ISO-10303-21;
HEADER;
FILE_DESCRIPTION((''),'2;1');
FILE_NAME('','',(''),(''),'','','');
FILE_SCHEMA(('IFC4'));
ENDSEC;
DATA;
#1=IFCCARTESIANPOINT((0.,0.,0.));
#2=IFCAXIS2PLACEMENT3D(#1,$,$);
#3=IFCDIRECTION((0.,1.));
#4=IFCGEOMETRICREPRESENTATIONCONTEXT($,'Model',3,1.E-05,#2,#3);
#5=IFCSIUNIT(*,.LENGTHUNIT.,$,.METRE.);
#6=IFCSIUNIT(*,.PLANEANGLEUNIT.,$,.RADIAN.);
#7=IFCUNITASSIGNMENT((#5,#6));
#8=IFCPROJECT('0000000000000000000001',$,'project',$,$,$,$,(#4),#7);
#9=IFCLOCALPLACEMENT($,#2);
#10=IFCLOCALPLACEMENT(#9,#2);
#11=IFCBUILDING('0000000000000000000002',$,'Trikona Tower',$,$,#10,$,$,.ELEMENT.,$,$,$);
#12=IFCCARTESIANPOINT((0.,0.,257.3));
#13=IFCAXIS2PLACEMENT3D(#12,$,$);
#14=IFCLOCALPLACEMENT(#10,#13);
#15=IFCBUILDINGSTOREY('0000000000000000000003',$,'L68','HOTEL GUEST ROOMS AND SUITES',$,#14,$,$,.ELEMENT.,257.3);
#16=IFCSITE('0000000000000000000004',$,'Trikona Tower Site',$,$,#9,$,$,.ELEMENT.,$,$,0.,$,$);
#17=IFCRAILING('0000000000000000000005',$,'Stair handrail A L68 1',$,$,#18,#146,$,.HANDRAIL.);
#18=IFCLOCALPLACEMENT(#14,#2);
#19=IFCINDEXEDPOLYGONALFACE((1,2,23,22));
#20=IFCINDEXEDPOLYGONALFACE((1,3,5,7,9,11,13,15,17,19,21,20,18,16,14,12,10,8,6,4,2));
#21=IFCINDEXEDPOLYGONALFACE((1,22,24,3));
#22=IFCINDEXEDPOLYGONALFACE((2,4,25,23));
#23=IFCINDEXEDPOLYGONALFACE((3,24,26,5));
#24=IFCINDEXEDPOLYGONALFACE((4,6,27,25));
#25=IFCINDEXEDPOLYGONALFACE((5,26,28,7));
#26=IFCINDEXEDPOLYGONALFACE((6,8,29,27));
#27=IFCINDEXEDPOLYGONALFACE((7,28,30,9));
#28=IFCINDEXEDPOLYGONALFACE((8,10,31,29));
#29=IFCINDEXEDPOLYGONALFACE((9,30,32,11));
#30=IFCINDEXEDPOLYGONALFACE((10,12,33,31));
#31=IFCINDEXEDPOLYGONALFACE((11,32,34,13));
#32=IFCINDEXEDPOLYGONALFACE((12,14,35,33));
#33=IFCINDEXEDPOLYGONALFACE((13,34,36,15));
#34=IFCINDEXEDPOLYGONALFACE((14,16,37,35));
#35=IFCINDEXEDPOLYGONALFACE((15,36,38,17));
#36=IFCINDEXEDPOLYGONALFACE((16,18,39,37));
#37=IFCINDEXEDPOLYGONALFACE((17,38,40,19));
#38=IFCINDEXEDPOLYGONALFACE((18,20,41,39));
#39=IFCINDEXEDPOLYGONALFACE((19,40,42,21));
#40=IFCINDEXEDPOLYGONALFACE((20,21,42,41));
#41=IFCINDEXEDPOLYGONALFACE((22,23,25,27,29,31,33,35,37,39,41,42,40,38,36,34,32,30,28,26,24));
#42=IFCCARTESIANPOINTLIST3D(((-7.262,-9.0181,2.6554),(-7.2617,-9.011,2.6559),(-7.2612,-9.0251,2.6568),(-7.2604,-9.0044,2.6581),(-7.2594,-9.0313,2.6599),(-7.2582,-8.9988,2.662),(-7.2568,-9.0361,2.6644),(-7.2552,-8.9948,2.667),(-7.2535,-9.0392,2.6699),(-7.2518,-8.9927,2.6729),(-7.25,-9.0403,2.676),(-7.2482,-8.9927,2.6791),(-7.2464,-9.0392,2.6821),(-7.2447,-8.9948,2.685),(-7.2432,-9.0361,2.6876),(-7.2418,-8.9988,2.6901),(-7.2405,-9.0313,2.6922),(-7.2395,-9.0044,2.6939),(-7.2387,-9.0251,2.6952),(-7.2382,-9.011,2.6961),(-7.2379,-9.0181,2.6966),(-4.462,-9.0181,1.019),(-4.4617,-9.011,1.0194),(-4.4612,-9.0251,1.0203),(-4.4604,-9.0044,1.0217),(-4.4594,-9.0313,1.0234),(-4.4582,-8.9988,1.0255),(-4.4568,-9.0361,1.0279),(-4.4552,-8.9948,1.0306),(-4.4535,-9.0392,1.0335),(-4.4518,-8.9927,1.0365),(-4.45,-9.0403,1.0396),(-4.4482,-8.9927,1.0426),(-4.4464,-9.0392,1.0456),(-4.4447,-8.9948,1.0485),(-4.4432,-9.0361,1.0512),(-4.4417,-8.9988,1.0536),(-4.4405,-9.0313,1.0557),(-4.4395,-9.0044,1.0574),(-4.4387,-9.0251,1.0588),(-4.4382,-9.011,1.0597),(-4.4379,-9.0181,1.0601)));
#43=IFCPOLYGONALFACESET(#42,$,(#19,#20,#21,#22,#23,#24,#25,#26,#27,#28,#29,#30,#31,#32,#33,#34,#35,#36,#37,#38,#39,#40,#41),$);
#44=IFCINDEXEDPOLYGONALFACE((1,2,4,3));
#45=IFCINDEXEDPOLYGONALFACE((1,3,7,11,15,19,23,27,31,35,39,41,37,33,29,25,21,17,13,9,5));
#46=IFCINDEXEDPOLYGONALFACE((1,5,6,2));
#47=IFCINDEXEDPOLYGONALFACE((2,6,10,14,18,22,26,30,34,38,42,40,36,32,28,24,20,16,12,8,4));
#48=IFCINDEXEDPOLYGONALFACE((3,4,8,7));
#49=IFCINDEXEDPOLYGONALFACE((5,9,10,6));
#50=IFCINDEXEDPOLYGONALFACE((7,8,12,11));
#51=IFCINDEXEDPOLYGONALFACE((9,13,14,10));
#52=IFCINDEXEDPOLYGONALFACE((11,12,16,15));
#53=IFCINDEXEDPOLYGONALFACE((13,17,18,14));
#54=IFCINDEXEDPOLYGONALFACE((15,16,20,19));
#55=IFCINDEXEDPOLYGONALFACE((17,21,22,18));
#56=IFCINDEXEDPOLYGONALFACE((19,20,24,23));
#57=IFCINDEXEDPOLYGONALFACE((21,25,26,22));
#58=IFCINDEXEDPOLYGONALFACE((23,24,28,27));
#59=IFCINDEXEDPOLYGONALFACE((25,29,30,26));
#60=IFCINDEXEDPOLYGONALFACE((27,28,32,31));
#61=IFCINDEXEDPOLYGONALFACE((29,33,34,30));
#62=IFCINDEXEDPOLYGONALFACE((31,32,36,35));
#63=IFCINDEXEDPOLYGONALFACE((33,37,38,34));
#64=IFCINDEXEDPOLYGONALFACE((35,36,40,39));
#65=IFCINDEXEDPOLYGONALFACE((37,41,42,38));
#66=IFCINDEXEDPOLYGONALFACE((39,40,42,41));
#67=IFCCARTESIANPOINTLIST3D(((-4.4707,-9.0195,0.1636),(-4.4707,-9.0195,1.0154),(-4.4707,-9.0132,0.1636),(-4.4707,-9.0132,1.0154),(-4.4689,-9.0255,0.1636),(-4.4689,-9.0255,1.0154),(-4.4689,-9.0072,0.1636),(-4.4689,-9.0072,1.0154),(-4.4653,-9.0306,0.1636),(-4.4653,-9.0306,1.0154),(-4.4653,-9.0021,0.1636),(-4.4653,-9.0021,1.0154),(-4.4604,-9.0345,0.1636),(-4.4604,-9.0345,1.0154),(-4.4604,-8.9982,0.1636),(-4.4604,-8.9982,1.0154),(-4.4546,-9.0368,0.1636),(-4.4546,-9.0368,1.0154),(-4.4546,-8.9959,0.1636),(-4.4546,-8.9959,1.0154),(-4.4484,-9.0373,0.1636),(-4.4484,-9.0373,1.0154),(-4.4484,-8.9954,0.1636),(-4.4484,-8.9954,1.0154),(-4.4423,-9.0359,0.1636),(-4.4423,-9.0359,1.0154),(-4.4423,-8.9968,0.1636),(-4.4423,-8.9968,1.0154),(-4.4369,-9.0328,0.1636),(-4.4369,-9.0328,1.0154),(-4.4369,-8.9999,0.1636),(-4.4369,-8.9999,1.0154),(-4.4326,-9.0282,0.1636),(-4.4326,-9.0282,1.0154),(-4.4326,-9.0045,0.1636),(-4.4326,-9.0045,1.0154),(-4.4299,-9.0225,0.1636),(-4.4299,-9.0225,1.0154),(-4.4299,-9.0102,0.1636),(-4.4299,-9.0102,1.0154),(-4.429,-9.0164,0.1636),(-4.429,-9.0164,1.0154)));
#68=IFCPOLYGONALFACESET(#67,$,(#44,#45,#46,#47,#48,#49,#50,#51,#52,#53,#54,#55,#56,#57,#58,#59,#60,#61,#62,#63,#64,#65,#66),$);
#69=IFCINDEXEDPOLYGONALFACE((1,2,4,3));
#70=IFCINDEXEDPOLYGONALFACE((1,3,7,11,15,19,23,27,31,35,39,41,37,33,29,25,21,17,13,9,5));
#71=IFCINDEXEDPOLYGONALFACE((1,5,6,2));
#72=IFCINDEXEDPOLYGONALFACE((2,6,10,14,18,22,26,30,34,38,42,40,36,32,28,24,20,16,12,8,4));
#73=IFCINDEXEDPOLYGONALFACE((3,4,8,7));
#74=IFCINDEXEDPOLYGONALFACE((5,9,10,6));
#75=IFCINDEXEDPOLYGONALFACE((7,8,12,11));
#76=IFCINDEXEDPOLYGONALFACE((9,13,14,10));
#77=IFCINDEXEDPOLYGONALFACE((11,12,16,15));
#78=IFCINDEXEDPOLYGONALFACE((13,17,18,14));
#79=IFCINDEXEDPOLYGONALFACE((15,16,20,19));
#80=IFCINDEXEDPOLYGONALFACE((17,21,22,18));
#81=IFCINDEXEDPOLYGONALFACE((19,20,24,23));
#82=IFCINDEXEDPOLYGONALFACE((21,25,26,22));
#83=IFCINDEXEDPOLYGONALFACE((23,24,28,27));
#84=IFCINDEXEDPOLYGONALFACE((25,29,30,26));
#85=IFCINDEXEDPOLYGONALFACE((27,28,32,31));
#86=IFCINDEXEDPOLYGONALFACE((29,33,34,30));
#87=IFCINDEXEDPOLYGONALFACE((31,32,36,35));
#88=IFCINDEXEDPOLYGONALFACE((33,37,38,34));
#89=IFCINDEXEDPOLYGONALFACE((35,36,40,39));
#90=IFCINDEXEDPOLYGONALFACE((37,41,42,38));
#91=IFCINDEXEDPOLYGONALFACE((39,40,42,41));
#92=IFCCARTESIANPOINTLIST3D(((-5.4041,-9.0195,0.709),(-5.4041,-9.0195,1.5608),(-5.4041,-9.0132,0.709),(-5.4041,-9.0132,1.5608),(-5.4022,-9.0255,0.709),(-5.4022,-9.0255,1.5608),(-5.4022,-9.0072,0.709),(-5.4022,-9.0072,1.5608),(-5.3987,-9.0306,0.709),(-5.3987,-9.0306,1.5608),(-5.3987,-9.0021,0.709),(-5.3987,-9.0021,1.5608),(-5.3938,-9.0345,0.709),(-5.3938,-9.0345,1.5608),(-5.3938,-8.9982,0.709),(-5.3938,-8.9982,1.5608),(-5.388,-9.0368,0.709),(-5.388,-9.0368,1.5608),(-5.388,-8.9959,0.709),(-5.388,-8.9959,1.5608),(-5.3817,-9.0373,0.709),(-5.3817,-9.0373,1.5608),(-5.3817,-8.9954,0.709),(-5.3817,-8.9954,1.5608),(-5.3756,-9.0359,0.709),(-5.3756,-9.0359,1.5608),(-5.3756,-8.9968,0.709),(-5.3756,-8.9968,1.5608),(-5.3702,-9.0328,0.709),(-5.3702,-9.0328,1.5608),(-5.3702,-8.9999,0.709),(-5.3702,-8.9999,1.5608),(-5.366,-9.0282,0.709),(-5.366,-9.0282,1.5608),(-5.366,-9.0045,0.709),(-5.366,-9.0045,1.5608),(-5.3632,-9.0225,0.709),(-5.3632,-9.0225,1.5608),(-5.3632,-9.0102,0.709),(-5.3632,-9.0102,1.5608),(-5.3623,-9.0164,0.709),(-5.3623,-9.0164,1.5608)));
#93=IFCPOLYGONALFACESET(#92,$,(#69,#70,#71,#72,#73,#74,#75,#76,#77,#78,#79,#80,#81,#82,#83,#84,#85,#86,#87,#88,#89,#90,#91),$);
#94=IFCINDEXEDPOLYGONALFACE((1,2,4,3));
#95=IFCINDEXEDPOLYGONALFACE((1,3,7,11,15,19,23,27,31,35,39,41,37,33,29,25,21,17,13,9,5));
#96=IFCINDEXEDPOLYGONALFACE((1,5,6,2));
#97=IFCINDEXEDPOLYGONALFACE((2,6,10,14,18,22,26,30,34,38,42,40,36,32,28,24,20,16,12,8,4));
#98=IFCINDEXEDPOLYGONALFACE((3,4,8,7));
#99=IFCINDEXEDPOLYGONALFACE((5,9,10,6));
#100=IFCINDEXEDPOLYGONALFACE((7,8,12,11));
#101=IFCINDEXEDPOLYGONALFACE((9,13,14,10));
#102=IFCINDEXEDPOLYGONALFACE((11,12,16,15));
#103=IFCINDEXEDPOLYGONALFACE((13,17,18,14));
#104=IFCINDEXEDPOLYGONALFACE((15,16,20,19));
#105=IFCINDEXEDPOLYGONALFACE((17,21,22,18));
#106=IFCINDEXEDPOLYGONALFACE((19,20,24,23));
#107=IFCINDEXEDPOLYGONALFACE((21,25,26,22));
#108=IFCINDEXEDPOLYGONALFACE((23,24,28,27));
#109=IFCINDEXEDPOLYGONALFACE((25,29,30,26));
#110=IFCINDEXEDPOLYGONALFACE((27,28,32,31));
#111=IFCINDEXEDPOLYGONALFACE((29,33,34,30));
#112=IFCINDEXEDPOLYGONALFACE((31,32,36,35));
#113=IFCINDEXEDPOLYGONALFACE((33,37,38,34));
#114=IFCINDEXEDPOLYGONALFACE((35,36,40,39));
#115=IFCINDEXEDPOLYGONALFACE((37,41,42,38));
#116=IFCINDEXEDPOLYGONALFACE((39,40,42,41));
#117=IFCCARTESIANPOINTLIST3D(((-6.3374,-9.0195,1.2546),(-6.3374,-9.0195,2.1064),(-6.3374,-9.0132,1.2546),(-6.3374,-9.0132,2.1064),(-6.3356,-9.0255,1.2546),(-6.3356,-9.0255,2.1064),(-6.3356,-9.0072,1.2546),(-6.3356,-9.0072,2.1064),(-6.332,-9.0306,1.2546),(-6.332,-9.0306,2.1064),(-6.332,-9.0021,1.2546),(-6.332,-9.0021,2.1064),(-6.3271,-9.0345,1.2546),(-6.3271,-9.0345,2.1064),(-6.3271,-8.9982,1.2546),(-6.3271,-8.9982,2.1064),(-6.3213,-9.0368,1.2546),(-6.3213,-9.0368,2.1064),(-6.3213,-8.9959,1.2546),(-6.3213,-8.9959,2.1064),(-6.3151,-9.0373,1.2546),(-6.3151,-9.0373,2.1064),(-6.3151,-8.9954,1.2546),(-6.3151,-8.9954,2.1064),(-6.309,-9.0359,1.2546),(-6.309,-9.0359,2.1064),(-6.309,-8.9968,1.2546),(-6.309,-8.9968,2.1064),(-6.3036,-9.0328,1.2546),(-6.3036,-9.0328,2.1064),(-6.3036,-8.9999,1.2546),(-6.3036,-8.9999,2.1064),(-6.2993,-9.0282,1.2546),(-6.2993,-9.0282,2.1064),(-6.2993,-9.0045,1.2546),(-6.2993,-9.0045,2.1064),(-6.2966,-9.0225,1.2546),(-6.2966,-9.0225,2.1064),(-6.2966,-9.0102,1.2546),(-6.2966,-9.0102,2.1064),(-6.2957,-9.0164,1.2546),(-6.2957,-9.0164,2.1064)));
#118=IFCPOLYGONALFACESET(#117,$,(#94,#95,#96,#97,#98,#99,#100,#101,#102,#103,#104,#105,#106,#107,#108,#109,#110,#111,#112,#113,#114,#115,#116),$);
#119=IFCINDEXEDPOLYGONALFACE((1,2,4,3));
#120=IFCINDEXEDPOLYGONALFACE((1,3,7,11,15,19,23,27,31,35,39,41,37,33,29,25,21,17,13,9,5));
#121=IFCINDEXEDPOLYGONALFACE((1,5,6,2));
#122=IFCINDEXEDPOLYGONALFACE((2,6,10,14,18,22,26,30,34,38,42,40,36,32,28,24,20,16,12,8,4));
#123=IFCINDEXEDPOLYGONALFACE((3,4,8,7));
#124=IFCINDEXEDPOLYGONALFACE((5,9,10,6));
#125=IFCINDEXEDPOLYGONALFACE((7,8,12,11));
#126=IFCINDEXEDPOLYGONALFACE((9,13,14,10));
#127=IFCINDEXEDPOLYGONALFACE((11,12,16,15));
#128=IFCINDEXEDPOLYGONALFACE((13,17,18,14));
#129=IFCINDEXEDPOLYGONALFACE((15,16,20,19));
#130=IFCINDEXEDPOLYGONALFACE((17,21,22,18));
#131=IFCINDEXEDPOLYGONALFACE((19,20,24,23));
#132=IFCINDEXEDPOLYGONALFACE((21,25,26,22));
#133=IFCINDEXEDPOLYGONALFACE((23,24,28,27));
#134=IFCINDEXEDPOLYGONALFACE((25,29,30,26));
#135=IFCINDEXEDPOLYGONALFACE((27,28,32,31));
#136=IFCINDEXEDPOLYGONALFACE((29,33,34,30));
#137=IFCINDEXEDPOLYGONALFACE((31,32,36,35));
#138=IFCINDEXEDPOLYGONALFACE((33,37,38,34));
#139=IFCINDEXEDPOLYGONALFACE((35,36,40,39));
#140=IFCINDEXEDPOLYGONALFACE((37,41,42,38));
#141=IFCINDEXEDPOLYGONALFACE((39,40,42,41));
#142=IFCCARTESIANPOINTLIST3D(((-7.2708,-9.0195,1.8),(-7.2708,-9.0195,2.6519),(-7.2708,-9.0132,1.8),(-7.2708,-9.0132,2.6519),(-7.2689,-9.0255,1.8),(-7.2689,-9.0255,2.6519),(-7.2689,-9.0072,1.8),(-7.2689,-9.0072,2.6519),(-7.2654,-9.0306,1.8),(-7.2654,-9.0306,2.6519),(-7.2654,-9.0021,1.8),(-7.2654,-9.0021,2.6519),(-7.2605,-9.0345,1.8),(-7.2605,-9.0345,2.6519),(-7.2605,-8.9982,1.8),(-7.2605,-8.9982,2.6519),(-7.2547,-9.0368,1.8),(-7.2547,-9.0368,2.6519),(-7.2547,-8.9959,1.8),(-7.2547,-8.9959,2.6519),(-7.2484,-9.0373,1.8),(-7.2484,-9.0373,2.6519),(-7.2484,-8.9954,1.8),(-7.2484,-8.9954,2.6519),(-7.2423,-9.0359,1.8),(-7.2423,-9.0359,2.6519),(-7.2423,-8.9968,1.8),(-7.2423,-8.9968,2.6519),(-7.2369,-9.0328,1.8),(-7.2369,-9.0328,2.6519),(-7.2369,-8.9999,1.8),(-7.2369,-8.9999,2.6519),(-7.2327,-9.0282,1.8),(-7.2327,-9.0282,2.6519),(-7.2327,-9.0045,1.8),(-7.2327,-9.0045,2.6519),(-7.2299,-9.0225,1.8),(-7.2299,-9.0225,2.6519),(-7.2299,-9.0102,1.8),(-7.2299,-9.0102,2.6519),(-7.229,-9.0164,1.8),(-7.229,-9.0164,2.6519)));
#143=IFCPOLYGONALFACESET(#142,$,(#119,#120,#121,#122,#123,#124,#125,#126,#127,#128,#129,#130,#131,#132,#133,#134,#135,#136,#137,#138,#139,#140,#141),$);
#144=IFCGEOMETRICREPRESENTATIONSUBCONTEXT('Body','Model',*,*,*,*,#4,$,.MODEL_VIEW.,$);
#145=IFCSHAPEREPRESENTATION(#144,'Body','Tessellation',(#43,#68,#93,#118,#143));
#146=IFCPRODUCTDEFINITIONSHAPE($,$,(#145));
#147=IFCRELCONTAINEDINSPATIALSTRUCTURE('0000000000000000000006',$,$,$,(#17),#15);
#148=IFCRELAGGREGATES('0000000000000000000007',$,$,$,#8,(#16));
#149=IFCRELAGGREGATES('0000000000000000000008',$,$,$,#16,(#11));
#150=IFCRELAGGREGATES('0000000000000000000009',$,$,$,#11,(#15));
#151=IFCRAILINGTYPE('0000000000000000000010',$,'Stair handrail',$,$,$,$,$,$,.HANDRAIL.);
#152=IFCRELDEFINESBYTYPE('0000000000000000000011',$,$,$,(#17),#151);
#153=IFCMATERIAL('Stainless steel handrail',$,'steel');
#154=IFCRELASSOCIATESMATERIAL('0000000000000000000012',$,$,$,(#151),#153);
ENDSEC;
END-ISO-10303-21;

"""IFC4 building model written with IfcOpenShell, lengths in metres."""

from ifc_helpers import new_model, si_unit, direction, frame, origin, origin_2d, place, context, subcontext, project, spatial, circle, extrude, material, type_object, element, save


model = new_model("IFC4")

# Units and contexts
model_context = context("Model", 3, precision=1e-05, world=origin(), true_north=direction((0.0, 1.0)))
body_context = subcontext(model_context, "Body", "Model", "MODEL_VIEW")
ifc_project = project(units=[si_unit("LENGTHUNIT", "METRE"), si_unit("PLANEANGLEUNIT", "RADIAN")], contexts=[model_context])

# Site, building, storey
site_placement = place(None, origin())
site = spatial("IfcSite", under=ifc_project, at=site_placement, Name="Trikona Tower Site", CompositionType="ELEMENT", RefElevation=0.0)
building_placement = place(site_placement, origin())
building = spatial("IfcBuilding", under=site, at=building_placement, Name="Trikona Tower", CompositionType="ELEMENT")
storey_placement = place(building_placement, frame((0.0, 0.0, 257.3)))
storey = spatial("IfcBuildingStorey", under=building, at=storey_placement, Name="L68", Description="HOTEL GUEST ROOMS AND SUITES", CompositionType="ELEMENT", Elevation=257.3)

# Railing
ifc_material_1 = material(Name="Stainless steel handrail", Category="steel")
railing_type = type_object("IfcRailingType", Name="Stair handrail", PredefinedType="HANDRAIL", material=ifc_material_1)
railing_1_placement = place(storey_placement, frame((-4.45, -9.0164, 0.1636)))
element("IfcRailing", 1, at=railing_1_placement, inside=storey, type_object=railing_type, Name="Stair handrail A L68 1", PredefinedType="HANDRAIL", context=body_context, shape_type="SweptSolid", body=[
    extrude(circle(Radius=0.0239, at=origin_2d()), frame((0.0, 0.0, 0.876), z_axis=(-0.863361, 0.0, 0.504587), x_axis=(0.0, -1.0, 0.0)), (0.0, 0.0, 1.0), 3.2432),
    extrude(circle(Radius=0.021, at=origin_2d()), origin(), (0.0, 0.0, 1.0), 0.8518),
    extrude(circle(Radius=0.021, at=origin_2d()), frame((-0.9333, 0.0, 0.5454)), (0.0, 0.0, 1.0), 0.8518),
    extrude(circle(Radius=0.021, at=origin_2d()), frame((-1.8667, 0.0, 1.0911)), (0.0, 0.0, 1.0), 0.8518),
    extrude(circle(Radius=0.021, at=origin_2d()), frame((-2.8, 0.0, 1.6365)), (0.0, 0.0, 1.0), 0.8518),
])

save(model, "model.ifc")
